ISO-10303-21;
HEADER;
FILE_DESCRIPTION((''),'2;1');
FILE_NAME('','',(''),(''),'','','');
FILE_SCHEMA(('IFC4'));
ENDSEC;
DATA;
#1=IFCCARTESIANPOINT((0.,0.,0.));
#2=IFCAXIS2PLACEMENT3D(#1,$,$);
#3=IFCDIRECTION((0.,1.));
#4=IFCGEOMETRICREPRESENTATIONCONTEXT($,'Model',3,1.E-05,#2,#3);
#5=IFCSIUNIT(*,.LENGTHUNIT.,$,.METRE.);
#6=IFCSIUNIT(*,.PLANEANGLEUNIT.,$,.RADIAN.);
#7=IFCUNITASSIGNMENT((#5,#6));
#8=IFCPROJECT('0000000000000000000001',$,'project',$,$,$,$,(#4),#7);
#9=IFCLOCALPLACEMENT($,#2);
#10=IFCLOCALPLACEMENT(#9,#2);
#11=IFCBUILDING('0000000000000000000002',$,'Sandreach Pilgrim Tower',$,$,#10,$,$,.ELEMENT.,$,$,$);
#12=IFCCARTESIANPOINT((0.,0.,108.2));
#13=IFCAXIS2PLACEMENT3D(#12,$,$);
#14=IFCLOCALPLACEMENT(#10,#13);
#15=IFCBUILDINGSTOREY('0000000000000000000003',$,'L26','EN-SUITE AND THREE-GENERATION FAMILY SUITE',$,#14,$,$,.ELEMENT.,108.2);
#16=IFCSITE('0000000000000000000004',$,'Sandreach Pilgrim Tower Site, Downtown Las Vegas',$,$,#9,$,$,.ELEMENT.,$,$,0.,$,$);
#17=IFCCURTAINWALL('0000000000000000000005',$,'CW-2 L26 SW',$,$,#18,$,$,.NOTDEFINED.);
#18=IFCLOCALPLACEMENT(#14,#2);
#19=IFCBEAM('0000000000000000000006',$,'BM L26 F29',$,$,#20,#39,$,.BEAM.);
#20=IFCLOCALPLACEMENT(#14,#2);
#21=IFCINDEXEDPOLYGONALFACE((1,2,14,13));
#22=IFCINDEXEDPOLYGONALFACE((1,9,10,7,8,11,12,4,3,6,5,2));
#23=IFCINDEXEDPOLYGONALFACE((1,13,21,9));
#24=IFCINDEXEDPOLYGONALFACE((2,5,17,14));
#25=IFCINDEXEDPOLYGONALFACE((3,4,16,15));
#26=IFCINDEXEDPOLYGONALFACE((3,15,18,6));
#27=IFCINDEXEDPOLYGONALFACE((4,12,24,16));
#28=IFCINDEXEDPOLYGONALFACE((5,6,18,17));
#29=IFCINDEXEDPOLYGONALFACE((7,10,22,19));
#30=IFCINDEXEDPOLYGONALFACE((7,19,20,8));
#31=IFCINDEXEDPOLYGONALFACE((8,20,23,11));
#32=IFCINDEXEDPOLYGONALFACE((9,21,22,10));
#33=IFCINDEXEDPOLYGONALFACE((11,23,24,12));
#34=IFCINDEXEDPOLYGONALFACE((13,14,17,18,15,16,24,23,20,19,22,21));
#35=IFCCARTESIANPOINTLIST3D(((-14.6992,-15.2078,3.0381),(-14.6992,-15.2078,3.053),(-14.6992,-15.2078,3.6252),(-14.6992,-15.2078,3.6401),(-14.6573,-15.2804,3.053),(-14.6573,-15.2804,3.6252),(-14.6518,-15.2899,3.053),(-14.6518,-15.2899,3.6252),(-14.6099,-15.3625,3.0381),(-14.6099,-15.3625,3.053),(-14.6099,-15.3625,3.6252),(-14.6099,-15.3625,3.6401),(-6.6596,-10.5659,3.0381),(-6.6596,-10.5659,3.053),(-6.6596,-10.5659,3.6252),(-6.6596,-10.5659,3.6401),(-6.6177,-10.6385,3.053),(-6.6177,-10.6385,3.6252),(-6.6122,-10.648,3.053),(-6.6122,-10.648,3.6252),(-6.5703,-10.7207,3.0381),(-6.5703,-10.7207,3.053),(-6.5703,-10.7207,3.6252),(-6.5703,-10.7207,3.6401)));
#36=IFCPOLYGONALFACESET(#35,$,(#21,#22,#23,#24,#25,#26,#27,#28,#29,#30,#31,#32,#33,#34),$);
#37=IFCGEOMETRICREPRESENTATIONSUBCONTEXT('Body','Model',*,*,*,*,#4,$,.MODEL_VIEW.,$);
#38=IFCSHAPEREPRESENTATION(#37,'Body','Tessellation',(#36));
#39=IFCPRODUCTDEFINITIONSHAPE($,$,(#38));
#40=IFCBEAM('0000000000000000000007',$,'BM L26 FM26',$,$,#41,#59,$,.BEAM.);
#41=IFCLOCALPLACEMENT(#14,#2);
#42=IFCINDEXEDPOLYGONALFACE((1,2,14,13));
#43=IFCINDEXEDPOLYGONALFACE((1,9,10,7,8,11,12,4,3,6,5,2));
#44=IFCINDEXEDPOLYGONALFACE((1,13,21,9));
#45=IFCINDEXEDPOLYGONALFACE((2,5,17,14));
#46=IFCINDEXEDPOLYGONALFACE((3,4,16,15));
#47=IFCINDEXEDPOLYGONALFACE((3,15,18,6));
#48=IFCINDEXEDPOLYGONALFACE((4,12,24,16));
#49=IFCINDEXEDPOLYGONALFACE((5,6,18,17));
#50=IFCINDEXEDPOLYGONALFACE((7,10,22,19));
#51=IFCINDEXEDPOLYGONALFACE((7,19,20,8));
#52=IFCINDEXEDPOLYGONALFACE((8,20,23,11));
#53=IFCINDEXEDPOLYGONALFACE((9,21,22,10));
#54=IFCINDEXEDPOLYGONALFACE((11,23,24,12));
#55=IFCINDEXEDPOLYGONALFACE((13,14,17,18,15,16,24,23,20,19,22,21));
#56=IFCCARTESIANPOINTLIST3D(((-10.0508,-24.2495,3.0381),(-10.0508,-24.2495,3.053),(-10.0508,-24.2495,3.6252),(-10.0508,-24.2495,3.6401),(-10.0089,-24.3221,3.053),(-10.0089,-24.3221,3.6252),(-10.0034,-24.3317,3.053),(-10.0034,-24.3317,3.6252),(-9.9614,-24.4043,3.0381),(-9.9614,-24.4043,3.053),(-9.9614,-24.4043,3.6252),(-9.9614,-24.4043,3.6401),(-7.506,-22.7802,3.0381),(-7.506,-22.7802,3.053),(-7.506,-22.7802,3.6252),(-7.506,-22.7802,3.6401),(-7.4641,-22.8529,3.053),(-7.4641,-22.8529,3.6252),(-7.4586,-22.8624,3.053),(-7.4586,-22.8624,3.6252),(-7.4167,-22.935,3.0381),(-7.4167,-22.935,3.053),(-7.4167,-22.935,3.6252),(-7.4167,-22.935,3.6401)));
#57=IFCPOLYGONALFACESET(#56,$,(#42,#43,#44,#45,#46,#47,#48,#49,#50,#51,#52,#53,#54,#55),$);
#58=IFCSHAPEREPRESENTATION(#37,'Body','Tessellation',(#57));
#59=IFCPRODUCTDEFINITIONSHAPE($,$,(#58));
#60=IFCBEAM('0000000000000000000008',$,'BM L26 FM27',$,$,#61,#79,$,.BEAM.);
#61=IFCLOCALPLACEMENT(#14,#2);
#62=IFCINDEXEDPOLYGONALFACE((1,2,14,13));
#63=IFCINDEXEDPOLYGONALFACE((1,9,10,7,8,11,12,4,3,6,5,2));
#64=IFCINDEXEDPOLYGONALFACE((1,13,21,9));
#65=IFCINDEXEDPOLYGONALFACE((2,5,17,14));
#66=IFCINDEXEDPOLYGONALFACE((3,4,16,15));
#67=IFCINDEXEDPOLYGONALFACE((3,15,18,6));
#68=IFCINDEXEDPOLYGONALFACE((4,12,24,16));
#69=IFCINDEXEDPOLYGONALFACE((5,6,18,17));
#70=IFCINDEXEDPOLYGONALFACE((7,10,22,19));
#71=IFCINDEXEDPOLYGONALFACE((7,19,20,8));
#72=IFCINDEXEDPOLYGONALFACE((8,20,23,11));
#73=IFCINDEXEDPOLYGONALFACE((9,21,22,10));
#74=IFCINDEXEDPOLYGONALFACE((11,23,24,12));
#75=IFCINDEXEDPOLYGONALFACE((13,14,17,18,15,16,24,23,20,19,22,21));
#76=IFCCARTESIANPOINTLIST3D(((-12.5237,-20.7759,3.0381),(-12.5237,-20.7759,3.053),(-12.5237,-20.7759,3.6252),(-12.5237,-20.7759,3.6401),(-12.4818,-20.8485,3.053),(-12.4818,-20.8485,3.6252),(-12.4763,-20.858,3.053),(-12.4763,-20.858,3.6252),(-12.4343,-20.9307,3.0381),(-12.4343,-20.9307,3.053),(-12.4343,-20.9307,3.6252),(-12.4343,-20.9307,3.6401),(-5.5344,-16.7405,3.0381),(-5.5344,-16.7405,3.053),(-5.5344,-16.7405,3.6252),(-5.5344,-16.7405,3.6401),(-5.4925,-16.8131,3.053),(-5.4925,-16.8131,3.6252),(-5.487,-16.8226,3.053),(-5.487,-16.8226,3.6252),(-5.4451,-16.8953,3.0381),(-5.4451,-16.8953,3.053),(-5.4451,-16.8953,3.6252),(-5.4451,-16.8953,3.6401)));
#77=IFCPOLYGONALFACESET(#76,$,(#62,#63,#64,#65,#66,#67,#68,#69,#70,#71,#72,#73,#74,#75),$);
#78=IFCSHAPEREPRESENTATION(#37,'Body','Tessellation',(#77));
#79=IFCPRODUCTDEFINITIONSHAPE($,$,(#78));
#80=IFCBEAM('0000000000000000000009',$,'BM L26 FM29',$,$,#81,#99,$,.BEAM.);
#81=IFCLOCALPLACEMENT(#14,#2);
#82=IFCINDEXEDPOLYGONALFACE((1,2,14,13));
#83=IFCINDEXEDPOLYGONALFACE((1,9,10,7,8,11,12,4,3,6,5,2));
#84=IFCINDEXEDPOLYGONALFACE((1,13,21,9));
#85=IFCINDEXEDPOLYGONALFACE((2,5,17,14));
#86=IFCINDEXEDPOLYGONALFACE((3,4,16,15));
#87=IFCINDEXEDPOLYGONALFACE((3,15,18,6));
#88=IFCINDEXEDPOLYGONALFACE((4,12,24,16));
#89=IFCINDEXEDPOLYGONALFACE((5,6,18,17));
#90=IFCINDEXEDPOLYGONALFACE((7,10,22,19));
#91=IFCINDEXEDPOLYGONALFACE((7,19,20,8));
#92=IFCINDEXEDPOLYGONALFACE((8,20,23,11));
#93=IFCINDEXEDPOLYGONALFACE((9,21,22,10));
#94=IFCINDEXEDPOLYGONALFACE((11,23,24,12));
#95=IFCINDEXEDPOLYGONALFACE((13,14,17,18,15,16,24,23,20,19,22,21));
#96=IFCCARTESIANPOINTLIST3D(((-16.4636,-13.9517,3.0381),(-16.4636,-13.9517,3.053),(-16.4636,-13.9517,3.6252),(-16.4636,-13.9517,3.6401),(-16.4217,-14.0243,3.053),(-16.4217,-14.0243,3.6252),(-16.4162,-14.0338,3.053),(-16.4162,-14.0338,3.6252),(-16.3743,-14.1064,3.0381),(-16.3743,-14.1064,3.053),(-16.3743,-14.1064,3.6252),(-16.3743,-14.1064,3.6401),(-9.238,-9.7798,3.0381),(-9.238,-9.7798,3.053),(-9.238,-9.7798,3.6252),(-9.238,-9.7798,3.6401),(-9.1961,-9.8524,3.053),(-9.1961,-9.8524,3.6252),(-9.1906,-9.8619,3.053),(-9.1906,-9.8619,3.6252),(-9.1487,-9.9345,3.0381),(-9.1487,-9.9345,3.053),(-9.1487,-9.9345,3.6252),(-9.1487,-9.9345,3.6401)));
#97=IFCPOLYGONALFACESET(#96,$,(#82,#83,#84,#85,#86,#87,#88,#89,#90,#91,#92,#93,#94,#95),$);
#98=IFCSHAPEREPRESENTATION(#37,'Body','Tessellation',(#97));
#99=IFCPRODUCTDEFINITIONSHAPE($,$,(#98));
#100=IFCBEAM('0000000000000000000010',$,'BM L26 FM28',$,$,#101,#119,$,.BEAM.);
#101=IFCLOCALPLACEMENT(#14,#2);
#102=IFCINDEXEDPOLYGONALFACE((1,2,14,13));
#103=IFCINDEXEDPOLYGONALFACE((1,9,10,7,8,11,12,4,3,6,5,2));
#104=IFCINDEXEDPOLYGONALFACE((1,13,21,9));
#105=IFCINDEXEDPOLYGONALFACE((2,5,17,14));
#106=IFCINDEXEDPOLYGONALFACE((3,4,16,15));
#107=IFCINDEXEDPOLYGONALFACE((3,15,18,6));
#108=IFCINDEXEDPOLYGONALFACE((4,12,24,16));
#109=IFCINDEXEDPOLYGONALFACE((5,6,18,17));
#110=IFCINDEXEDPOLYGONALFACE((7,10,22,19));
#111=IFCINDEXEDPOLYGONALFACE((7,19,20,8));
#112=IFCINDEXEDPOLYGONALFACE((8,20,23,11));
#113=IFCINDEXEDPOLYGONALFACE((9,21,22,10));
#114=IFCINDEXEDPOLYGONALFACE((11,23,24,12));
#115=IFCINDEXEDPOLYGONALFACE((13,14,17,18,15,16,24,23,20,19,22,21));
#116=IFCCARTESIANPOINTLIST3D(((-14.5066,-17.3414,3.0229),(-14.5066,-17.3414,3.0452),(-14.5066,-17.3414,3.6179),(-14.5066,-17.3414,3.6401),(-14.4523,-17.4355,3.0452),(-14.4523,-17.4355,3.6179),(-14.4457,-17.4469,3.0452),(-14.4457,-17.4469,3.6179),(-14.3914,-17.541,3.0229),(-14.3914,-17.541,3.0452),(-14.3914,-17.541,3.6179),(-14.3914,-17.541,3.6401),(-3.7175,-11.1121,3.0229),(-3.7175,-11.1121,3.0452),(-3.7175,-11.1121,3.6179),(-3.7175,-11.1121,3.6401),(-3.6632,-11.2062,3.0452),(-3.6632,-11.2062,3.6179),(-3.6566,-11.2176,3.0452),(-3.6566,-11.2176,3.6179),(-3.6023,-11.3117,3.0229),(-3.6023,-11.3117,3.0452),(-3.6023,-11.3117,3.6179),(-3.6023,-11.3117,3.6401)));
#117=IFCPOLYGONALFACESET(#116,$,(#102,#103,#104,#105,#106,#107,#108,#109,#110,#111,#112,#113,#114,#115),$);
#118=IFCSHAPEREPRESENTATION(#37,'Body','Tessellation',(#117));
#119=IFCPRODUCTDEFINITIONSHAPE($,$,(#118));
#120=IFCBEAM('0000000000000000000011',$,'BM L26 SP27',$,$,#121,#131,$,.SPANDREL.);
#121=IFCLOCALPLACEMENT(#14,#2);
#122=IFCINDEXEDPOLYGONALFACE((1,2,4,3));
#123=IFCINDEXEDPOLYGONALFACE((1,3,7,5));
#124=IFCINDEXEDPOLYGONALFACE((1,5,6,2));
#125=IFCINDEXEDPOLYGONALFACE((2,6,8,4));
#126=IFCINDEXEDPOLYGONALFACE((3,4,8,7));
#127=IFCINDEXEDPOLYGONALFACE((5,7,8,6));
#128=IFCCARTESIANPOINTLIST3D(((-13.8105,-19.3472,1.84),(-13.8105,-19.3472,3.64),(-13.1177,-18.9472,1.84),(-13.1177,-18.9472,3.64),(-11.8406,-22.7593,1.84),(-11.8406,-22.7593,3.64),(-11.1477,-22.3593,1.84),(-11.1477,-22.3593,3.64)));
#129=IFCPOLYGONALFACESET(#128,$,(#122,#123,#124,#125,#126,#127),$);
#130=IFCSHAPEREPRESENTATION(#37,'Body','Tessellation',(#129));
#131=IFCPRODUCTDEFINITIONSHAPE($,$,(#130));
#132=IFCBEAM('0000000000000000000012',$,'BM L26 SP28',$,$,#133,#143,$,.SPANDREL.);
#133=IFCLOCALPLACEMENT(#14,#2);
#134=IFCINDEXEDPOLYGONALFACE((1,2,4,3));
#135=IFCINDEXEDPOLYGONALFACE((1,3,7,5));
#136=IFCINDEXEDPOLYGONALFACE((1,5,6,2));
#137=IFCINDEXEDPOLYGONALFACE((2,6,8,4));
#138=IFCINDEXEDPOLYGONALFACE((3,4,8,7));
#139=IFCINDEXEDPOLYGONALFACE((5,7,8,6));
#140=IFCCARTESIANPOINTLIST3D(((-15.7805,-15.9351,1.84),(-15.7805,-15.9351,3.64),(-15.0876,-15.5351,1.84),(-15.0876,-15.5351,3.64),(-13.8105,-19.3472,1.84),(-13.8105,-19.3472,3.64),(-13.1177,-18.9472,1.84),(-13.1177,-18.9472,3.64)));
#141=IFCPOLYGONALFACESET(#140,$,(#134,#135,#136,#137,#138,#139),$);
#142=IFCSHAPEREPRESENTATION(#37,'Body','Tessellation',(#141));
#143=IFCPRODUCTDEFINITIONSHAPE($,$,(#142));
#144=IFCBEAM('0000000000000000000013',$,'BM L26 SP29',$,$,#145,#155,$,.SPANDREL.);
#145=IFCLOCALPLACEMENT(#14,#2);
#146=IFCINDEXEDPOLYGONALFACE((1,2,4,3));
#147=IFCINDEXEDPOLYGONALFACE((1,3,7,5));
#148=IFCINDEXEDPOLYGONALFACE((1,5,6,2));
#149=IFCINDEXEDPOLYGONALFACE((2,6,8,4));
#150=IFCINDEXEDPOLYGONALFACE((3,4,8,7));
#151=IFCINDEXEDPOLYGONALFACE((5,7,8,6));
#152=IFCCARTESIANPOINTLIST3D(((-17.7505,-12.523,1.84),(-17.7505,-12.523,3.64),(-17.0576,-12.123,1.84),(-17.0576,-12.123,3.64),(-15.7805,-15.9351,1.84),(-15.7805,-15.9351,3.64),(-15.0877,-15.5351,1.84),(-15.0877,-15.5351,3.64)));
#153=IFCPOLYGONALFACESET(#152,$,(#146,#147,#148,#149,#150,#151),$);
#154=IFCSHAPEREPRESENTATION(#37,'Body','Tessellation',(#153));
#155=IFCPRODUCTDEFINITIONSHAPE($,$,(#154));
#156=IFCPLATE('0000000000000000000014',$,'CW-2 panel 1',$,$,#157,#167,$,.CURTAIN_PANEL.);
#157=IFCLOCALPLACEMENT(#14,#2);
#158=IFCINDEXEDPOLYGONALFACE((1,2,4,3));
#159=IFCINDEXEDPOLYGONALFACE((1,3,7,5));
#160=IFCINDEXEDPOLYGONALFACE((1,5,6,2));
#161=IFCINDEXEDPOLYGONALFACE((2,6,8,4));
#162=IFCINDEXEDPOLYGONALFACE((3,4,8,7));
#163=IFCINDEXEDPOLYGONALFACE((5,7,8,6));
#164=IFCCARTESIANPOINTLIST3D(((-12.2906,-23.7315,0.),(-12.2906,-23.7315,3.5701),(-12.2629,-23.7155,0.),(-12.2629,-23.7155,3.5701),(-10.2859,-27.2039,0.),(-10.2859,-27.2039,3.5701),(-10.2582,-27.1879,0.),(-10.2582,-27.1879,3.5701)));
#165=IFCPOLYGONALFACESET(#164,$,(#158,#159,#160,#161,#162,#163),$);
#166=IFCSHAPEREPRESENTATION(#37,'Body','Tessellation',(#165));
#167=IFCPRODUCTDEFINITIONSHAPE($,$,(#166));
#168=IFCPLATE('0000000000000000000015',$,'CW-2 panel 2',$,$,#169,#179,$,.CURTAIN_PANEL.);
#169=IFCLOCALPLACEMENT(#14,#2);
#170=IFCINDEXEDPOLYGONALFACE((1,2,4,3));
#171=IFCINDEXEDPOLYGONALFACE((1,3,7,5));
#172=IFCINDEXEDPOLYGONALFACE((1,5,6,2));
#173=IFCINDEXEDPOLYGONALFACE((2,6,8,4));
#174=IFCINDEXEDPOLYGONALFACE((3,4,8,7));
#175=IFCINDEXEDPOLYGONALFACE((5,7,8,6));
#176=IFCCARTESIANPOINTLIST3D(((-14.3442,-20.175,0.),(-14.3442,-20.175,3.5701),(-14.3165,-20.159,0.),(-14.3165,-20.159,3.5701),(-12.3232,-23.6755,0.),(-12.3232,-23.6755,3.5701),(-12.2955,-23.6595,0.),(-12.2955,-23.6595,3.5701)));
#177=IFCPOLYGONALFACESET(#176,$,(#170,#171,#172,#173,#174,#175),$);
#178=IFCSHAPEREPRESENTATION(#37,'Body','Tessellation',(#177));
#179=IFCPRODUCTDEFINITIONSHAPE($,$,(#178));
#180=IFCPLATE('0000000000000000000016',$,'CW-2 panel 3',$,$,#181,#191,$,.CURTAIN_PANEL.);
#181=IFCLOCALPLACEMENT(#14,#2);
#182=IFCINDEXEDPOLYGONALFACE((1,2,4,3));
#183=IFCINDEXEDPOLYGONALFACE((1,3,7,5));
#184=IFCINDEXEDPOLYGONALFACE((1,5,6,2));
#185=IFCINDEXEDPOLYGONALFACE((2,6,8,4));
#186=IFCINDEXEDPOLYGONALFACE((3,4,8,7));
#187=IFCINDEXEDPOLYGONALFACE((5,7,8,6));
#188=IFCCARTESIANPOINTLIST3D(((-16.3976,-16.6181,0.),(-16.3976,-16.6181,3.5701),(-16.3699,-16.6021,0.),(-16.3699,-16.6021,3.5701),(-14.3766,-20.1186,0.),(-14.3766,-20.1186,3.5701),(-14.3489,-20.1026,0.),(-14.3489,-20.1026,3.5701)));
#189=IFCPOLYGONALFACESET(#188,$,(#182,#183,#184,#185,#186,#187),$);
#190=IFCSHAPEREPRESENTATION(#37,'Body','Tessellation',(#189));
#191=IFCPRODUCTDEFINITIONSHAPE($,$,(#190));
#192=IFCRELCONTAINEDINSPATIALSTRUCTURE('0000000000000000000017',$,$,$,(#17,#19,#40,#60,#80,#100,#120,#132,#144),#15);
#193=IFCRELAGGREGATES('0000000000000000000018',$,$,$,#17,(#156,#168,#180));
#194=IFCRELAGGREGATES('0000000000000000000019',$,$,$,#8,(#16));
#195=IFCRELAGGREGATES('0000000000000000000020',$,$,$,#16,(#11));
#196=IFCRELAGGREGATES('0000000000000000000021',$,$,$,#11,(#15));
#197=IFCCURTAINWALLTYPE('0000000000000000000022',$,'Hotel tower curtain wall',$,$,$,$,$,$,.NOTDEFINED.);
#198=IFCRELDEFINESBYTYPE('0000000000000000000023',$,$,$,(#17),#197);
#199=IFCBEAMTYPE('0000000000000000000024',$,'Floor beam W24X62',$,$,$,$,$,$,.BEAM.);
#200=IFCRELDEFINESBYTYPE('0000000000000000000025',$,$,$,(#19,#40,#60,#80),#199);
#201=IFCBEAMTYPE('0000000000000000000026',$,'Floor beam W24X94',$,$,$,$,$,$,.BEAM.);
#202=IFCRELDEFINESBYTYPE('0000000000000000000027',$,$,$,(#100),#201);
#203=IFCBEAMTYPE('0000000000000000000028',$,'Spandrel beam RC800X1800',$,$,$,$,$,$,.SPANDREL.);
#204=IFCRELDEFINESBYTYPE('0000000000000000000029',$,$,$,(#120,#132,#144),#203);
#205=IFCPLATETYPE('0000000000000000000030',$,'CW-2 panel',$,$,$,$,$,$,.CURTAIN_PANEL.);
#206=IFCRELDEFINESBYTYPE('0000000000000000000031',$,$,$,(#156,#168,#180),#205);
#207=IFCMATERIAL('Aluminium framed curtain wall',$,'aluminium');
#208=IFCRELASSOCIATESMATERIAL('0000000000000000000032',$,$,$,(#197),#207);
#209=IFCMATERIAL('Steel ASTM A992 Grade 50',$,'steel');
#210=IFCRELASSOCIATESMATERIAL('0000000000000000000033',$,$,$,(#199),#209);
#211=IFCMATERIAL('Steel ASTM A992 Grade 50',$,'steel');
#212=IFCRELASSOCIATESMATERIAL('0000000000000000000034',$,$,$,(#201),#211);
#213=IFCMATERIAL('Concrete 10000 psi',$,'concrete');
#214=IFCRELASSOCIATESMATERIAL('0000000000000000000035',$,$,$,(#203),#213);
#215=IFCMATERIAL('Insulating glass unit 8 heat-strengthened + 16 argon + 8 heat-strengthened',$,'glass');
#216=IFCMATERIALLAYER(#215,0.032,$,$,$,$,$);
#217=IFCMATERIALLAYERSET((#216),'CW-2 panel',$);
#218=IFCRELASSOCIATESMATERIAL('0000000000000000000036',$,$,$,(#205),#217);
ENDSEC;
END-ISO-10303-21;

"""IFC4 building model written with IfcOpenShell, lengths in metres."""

from ifc_helpers import new_model, si_unit, direction, frame, origin, origin_2d, place, context, subcontext, project, spatial, rectangle, i_section, extrude, material, layer, layer_set, material_profile, profile_set, type_object, element, aggregate, save


model = new_model("IFC4")

# Units and contexts
model_context = context("Model", 3, precision=1e-05, world=origin(), true_north=direction((0.0, 1.0)))
body_context = subcontext(model_context, "Body", "Model", "MODEL_VIEW")
ifc_project = project(units=[si_unit("LENGTHUNIT", "METRE"), si_unit("PLANEANGLEUNIT", "RADIAN")], contexts=[model_context])

# Site, building, storey
site_placement = place(None, origin())
site = spatial("IfcSite", under=ifc_project, at=site_placement, Name="Sandreach Pilgrim Tower Site, Downtown Las Vegas", CompositionType="ELEMENT", RefElevation=0.0)
building_placement = place(site_placement, origin())
building = spatial("IfcBuilding", under=site, at=building_placement, Name="Sandreach Pilgrim Tower", CompositionType="ELEMENT")
storey_placement = place(building_placement, frame((0.0, 0.0, 108.2)))
storey = spatial("IfcBuildingStorey", under=building, at=storey_placement, Name="L26", Description="EN-SUITE AND THREE-GENERATION FAMILY SUITE", CompositionType="ELEMENT", Elevation=108.2)

# Curtain wall
ifc_material_1 = material(Name="Aluminium framed curtain wall", Category="aluminium")
curtain_wall_type = type_object("IfcCurtainWallType", Name="Hotel tower curtain wall", PredefinedType="NOTDEFINED", material=ifc_material_1)
curtain_wall_placement = place(storey_placement, origin())
curtain_wall = element("IfcCurtainWall", 1, at=curtain_wall_placement, inside=storey, type_object=curtain_wall_type, Name="CW-2 L26 SW", PredefinedType="NOTDEFINED")

# Beams
ifc_material_2 = material(Name="Steel ASTM A992 Grade 50", Category="steel")
ifc_material_profile_1 = material_profile(ifc_material_2, i_section(OverallWidth=0.1787, OverallDepth=0.6021, WebThickness=0.011, FlangeThickness=0.0149, at=origin_2d()), Name="W24X62")
ifc_profile_set_1 = profile_set([ifc_material_profile_1], Name="Steel ASTM A992 Grade 50")
beam_type_1 = type_object("IfcBeamType", Name="Floor beam W24X62", PredefinedType="BEAM", material=ifc_profile_set_1)
beam_1_placement = place(storey_placement, frame((-14.6545, -15.2852, 3.3391), z_axis=(0.866016, 0.500017, 0.0), x_axis=(-0.500017, 0.866016, 0.0)))
element("IfcBeam", 2, at=beam_1_placement, inside=storey, type_object=beam_type_1, Name="BM L26 F29", PredefinedType="BEAM", context=body_context, shape_type="SweptSolid", body=[
    extrude(i_section(OverallWidth=0.1787, OverallDepth=0.6021, WebThickness=0.011, FlangeThickness=0.0149, at=origin_2d()), origin(), (0.0, 0.0, 1.0), 9.2834),
])
beam_2_placement = place(storey_placement, frame((-10.0061, -24.3269, 3.3391), z_axis=(0.866015, 0.500017, 0.0), x_axis=(-0.500017, 0.866015, 0.0)))
element("IfcBeam", 3, at=beam_2_placement, inside=storey, type_object=beam_type_1, Name="BM L26 FM26", PredefinedType="BEAM", context=body_context, shape_type="SweptSolid", body=[
    extrude(i_section(OverallWidth=0.1787, OverallDepth=0.6021, WebThickness=0.011, FlangeThickness=0.0149, at=origin_2d()), origin(), (0.0, 0.0, 1.0), 2.9385),
])
beam_3_placement = place(storey_placement, frame((-12.479, -20.8533, 3.3391), z_axis=(0.866017, 0.500014, 0.0), x_axis=(-0.500014, 0.866017, 0.0)))
element("IfcBeam", 4, at=beam_3_placement, inside=storey, type_object=beam_type_1, Name="BM L26 FM27", PredefinedType="BEAM", context=body_context, shape_type="SweptSolid", body=[
    extrude(i_section(OverallWidth=0.1787, OverallDepth=0.6021, WebThickness=0.011, FlangeThickness=0.0149, at=origin_2d()), origin(), (0.0, 0.0, 1.0), 8.0706),
])
beam_4_placement = place(storey_placement, frame((-16.4189, -14.0291, 3.3391), z_axis=(0.866016, 0.500016, 0.0), x_axis=(-0.500016, 0.866016, 0.0)))
element("IfcBeam", 5, at=beam_4_placement, inside=storey, type_object=beam_type_1, Name="BM L26 FM29", PredefinedType="BEAM", context=body_context, shape_type="SweptSolid", body=[
    extrude(i_section(OverallWidth=0.1787, OverallDepth=0.6021, WebThickness=0.011, FlangeThickness=0.0149, at=origin_2d()), origin(), (0.0, 0.0, 1.0), 8.3435),
])
ifc_material_3 = material(Name="Steel ASTM A992 Grade 50", Category="steel")
ifc_material_profile_2 = material_profile(ifc_material_3, i_section(OverallWidth=0.2305, OverallDepth=0.6172, WebThickness=0.0132, FlangeThickness=0.0222, at=origin_2d()), Name="W24X94")
ifc_profile_set_2 = profile_set([ifc_material_profile_2], Name="Steel ASTM A992 Grade 50")
beam_type_2 = type_object("IfcBeamType", Name="Floor beam W24X94", PredefinedType="BEAM", material=ifc_profile_set_2)
beam_5_placement = place(storey_placement, frame((-14.449, -17.4412, 3.3315), z_axis=(0.866019, 0.500011, 0.0), x_axis=(-0.500011, 0.866019, 0.0)))
element("IfcBeam", 6, at=beam_5_placement, inside=storey, type_object=beam_type_2, Name="BM L26 FM28", PredefinedType="BEAM", context=body_context, shape_type="SweptSolid", body=[
    extrude(i_section(OverallWidth=0.2305, OverallDepth=0.6172, WebThickness=0.0132, FlangeThickness=0.0222, at=origin_2d()), origin(), (0.0, 0.0, 1.0), 12.4583),
])
ifc_material_4 = material(Name="Concrete 10000 psi", Category="concrete")
ifc_material_profile_3 = material_profile(ifc_material_4, rectangle(XDim=0.8, YDim=1.8, at=origin_2d()), Name="RC800X1800")
ifc_profile_set_3 = profile_set([ifc_material_profile_3], Name="Concrete 10000 psi")
beam_type_3 = type_object("IfcBeamType", Name="Spandrel beam RC800X1800", PredefinedType="SPANDREL", material=ifc_profile_set_3)
for number, where, z_axis, x_axis, name in (
    (7, (-11.4941, -22.5593, 2.74), (-0.499998, 0.866027, 0.0), (-0.866027, -0.499998, 0.0), "BM L26 SP27"),
    (8, (-13.4641, -19.1472, 2.74), (-0.499998, 0.866027, 0.0), (-0.866027, -0.499998, 0.0), "BM L26 SP28"),
    (9, (-15.4341, -15.7351, 2.74), (-0.499998, 0.866027, 0.0), (-0.866027, -0.499998, 0.0), "BM L26 SP29"),
):
    element("IfcBeam", number, at=place(storey_placement, frame(where, z_axis=z_axis, x_axis=x_axis)), inside=storey, type_object=beam_type_3, Name=name, PredefinedType="SPANDREL", context=body_context, shape_type="SweptSolid", body=[
        extrude(rectangle(XDim=0.8, YDim=1.8, at=origin_2d()), origin(), (0.0, 0.0, 1.0), 3.9399),
    ])

# Plates
ifc_material_5 = material(Name="Insulating glass unit 8 heat-strengthened + 16 argon + 8 heat-strengthened", Category="glass")
ifc_layer_1 = layer(ifc_material_5, 0.032)
ifc_layer_set_1 = layer_set([ifc_layer_1], Name="CW-2 panel")
plate_type = type_object("IfcPlateType", Name="CW-2 panel", PredefinedType="CURTAIN_PANEL", material=ifc_layer_set_1)
plate_1_placement = place(storey_placement, frame((-11.2744, -25.4597, 0.0), z_axis=(0.0, 0.0, 1.0), x_axis=(-0.5, 0.866025, 0.0)))
plate_1 = element("IfcPlate", 10, at=plate_1_placement, type_object=plate_type, Name="CW-2 panel 1", PredefinedType="CURTAIN_PANEL", context=body_context, shape_type="SweptSolid", body=[
    extrude(rectangle(XDim=4.0095, YDim=0.032, at=origin_2d()), origin(), (0.0, 0.0, 1.0), 3.5701),
])
plate_2_placement = place(storey_placement, frame((-13.3198, -21.9172, 0.0), z_axis=(0.0, 0.0, 1.0), x_axis=(-0.5, 0.866025, 0.0)))
plate_2 = element("IfcPlate", 11, at=plate_2_placement, type_object=plate_type, Name="CW-2 panel 2", PredefinedType="CURTAIN_PANEL", context=body_context, shape_type="SweptSolid", body=[
    extrude(rectangle(XDim=4.042, YDim=0.032, at=origin_2d()), origin(), (0.0, 0.0, 1.0), 3.5701),
])
plate_3_placement = place(storey_placement, frame((-15.3733, -18.3604, 0.0), z_axis=(0.0, 0.0, 1.0), x_axis=(-0.5, 0.866025, 0.0)))
plate_3 = element("IfcPlate", 12, at=plate_3_placement, type_object=plate_type, Name="CW-2 panel 3", PredefinedType="CURTAIN_PANEL", context=body_context, shape_type="SweptSolid", body=[
    extrude(rectangle(XDim=4.042, YDim=0.032, at=origin_2d()), origin(), (0.0, 0.0, 1.0), 3.5701),
])
aggregate(curtain_wall, [plate_1, plate_2, plate_3])

save(model, "model.ifc")
